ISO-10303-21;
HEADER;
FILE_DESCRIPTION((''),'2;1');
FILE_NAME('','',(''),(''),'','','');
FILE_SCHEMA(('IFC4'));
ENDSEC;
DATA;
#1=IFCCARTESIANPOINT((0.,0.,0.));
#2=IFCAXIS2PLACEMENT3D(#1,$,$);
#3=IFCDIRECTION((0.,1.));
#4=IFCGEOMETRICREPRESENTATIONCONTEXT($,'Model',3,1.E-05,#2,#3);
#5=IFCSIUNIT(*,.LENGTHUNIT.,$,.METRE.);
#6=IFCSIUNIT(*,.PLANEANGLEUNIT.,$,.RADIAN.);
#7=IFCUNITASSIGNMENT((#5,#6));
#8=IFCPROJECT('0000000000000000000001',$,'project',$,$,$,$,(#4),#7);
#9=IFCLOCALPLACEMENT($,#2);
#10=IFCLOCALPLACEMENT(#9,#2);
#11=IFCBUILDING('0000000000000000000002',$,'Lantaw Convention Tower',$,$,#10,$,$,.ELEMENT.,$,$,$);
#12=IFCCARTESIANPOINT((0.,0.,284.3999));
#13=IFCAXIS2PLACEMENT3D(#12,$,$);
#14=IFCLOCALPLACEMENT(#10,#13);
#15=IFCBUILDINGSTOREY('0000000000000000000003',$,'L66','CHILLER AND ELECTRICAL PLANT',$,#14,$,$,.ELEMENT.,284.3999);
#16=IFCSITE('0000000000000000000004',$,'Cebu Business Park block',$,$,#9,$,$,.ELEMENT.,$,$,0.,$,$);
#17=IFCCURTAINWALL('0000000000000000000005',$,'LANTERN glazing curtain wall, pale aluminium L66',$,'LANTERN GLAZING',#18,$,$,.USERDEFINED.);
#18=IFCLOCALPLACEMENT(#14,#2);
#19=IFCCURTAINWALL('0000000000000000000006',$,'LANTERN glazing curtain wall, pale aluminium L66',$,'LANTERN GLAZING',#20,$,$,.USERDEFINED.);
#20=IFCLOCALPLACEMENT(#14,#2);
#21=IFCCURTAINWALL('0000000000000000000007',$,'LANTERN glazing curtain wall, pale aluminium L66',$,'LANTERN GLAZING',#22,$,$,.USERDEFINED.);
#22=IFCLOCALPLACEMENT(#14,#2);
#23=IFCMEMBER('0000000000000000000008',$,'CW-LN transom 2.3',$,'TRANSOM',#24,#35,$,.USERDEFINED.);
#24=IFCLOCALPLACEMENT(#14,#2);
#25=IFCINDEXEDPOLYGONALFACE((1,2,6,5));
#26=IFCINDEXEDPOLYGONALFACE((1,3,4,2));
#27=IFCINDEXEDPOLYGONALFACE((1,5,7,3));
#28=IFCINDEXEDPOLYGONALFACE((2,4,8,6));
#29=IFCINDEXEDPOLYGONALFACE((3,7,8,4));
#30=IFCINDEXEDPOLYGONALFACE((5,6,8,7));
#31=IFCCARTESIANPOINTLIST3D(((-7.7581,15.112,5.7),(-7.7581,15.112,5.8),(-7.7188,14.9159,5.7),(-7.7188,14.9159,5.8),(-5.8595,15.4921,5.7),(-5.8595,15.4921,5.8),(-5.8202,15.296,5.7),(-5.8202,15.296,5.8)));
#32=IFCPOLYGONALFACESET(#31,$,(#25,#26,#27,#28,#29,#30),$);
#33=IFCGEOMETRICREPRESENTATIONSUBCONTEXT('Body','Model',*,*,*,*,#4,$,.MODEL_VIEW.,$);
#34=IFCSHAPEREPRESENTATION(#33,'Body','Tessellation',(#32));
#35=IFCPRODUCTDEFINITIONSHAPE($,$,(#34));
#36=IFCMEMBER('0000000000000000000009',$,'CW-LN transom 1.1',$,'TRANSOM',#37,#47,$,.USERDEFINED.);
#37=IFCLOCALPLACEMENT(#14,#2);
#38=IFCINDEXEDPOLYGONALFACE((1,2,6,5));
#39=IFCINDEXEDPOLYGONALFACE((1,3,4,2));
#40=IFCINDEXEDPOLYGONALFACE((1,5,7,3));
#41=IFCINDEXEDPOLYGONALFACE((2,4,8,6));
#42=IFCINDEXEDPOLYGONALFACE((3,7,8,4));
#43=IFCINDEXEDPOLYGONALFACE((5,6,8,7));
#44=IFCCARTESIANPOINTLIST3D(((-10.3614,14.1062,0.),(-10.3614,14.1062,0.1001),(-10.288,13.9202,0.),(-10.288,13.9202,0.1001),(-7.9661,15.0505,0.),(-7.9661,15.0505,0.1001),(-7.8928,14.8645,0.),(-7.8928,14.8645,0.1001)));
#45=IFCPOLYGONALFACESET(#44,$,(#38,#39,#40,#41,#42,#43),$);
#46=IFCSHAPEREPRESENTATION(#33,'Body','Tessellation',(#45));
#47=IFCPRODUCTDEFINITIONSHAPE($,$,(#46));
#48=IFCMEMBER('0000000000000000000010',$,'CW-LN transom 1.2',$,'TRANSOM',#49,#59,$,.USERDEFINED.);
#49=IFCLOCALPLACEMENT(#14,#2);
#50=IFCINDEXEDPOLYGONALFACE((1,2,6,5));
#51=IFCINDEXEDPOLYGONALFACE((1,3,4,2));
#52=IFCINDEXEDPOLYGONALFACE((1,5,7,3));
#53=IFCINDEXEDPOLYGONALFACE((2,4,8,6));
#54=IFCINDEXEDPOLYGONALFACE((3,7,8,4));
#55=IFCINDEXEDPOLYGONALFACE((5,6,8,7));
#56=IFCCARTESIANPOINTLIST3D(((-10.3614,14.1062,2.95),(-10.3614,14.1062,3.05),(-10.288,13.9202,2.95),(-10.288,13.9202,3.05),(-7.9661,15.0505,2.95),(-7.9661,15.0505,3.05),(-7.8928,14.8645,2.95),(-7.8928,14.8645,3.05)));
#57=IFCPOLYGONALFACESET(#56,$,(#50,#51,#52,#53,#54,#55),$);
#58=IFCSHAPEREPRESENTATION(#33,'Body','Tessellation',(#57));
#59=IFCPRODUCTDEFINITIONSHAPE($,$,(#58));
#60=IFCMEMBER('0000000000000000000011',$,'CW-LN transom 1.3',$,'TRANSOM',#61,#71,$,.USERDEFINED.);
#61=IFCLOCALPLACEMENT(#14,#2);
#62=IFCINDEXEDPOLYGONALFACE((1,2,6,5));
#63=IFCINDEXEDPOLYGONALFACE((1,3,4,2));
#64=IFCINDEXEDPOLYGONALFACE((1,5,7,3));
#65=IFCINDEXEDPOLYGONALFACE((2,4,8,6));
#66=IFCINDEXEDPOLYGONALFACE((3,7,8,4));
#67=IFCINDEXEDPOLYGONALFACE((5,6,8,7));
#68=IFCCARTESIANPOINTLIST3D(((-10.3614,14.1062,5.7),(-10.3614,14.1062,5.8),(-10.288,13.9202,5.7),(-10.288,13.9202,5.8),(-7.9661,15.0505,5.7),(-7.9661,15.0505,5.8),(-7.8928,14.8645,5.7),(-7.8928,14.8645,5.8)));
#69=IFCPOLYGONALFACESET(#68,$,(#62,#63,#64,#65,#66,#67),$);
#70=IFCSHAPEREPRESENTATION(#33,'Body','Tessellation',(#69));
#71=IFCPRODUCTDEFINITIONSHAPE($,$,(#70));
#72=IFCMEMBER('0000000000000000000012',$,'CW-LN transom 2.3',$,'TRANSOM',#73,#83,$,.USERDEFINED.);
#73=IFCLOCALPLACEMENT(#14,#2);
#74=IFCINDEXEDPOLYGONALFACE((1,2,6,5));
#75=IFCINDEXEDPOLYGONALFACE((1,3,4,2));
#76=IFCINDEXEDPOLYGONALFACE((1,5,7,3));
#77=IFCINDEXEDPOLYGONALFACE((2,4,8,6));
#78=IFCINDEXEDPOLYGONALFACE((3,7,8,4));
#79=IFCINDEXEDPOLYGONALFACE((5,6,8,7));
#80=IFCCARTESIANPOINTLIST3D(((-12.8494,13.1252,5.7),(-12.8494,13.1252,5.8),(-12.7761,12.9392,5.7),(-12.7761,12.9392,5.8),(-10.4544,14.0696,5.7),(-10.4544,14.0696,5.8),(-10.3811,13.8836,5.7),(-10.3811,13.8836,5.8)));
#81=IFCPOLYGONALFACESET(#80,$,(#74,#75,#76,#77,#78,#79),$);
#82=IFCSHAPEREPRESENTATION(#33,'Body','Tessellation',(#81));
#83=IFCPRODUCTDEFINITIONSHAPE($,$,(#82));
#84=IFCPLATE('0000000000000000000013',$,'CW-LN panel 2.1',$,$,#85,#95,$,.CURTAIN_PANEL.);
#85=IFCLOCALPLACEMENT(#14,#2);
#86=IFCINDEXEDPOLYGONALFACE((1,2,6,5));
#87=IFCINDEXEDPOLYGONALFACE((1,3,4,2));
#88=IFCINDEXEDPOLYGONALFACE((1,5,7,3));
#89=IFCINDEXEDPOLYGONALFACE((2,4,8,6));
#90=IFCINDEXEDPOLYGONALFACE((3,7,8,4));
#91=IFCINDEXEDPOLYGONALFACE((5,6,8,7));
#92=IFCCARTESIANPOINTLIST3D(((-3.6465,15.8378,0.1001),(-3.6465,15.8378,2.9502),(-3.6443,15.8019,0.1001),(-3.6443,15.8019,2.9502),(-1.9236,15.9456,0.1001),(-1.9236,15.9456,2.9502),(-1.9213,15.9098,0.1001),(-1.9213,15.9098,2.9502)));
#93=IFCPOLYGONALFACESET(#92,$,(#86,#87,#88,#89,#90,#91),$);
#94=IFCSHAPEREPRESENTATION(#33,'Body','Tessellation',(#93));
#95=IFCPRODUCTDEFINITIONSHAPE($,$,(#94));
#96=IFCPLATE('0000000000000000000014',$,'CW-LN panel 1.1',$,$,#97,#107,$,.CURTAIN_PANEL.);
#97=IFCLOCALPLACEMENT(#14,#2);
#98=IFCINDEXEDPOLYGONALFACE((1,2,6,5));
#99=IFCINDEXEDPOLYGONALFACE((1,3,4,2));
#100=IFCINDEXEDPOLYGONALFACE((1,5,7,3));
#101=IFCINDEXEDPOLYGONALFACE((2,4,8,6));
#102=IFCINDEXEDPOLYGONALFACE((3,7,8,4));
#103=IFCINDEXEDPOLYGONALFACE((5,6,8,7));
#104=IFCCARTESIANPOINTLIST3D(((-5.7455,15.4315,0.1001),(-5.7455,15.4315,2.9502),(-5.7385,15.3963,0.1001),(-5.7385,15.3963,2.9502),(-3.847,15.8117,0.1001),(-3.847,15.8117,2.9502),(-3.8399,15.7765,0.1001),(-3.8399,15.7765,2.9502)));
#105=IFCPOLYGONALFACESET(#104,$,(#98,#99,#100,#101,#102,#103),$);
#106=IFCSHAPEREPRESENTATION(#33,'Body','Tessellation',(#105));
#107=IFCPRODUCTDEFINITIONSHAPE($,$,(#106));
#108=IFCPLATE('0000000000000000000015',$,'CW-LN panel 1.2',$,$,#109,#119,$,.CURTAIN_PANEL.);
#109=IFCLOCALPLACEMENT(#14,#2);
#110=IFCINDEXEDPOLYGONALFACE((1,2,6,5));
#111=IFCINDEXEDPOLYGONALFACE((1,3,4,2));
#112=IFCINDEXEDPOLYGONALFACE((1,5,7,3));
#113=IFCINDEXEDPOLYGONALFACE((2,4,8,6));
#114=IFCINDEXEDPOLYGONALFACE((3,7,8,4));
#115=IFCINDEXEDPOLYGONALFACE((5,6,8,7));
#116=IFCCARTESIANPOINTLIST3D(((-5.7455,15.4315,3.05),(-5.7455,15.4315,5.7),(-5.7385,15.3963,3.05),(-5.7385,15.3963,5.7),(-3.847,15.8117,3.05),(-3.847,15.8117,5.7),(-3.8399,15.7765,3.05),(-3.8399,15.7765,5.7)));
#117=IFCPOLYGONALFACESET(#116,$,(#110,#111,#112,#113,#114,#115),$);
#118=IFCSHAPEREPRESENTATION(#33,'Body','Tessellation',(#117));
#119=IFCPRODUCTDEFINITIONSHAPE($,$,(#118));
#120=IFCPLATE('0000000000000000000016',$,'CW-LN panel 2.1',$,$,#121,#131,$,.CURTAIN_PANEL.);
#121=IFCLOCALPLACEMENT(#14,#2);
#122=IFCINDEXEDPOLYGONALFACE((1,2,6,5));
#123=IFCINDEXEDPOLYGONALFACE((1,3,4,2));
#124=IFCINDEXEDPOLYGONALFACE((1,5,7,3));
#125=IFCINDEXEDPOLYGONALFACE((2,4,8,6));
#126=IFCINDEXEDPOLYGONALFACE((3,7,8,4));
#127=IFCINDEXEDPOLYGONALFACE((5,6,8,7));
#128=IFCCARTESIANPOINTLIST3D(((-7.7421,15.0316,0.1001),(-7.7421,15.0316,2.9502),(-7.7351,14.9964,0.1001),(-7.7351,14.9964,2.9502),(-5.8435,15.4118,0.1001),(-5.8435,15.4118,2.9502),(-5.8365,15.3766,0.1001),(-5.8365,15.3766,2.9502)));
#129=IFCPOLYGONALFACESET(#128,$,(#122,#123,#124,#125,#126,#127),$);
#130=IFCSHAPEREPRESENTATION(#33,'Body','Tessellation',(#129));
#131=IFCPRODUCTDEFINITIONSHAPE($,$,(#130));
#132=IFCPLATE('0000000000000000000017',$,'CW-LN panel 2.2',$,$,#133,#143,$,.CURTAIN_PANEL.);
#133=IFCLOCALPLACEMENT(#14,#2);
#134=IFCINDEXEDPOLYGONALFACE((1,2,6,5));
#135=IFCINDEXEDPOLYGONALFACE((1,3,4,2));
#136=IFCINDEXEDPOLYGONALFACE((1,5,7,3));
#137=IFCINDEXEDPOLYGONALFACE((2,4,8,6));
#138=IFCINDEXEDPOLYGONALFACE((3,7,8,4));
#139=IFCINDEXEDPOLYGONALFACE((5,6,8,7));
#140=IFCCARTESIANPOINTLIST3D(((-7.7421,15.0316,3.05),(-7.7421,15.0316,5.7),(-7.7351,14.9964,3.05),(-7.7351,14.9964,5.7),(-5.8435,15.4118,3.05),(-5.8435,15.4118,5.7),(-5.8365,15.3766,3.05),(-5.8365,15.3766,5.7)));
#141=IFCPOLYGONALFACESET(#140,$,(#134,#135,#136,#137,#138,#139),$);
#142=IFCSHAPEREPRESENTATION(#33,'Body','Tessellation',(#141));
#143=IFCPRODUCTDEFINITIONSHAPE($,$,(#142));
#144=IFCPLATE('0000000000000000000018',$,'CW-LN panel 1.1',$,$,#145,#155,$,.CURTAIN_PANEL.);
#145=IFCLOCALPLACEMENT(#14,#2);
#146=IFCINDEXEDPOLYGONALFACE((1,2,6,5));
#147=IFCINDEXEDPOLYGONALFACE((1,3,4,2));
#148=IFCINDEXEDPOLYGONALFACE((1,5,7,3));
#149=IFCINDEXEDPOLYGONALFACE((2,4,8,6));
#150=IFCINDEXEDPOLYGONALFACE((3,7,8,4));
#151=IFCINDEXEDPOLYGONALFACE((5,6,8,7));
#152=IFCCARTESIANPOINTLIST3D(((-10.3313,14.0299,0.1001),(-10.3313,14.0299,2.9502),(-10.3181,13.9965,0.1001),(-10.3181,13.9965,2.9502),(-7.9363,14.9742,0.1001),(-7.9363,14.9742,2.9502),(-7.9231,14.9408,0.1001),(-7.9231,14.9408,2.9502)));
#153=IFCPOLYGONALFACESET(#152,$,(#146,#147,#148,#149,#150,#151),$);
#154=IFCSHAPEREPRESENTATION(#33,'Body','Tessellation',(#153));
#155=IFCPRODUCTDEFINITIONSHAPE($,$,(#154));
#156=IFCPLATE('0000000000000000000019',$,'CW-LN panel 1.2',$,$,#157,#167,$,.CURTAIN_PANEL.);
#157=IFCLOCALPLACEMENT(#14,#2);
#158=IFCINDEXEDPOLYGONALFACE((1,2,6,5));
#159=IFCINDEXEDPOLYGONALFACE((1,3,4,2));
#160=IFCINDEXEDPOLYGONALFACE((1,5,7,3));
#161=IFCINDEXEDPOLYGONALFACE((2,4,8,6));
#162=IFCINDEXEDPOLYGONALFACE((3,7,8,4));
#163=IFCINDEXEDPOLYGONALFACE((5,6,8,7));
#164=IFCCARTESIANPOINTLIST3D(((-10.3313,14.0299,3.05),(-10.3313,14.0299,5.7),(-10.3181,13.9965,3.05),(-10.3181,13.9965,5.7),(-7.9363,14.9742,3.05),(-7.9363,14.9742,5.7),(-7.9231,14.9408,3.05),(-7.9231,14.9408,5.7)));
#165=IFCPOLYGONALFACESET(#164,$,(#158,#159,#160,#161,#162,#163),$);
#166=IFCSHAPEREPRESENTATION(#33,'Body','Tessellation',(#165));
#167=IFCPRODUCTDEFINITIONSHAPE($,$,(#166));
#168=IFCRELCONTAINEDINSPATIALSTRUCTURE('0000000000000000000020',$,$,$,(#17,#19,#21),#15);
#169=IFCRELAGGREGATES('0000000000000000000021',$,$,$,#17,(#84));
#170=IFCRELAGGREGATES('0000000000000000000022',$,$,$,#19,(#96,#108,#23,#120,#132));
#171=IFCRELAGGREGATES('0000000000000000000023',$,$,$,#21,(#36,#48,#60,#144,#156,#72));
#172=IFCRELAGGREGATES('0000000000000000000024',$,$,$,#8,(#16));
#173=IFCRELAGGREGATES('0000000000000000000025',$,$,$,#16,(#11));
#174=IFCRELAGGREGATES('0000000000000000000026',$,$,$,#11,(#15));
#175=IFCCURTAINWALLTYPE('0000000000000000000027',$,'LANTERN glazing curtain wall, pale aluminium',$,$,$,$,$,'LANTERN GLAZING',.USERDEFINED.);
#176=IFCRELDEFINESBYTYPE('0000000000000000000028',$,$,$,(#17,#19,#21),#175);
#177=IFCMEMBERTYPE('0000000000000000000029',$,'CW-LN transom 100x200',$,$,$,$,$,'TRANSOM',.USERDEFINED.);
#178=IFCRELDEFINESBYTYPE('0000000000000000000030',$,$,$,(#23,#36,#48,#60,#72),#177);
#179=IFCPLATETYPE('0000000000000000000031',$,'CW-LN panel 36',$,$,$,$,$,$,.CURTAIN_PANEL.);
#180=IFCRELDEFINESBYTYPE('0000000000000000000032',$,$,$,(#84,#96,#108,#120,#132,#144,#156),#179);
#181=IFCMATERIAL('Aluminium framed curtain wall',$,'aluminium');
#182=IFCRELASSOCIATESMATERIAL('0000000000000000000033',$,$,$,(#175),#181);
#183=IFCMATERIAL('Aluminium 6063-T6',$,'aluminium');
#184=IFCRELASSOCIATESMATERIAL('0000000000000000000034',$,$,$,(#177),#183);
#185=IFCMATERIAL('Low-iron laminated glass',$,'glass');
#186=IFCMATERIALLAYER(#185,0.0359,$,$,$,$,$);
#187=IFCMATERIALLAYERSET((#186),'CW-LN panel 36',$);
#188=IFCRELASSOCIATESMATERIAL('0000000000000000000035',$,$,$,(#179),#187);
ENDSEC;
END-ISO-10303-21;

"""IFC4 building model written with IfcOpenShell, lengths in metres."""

from ifc_helpers import new_model, si_unit, direction, frame, origin, origin_2d, place, context, subcontext, project, spatial, rectangle, extrude, material, layer, layer_set, material_profile, profile_set, type_object, element, aggregate, save


model = new_model("IFC4")

# Units and contexts
model_context = context("Model", 3, precision=1e-05, world=origin(), true_north=direction((0.0, 1.0)))
body_context = subcontext(model_context, "Body", "Model", "MODEL_VIEW")
ifc_project = project(units=[si_unit("LENGTHUNIT", "METRE"), si_unit("PLANEANGLEUNIT", "RADIAN")], contexts=[model_context])

# Site, building, storey
site_placement = place(None, origin())
site = spatial("IfcSite", under=ifc_project, at=site_placement, Name="Cebu Business Park block", CompositionType="ELEMENT", RefElevation=0.0)
building_placement = place(site_placement, origin())
building = spatial("IfcBuilding", under=site, at=building_placement, Name="Lantaw Convention Tower", CompositionType="ELEMENT")
storey_placement = place(building_placement, frame((0.0, 0.0, 284.3999)))
storey = spatial("IfcBuildingStorey", under=building, at=storey_placement, Name="L66", Description="CHILLER AND ELECTRICAL PLANT", CompositionType="ELEMENT", Elevation=284.3999)

# Curtain wall
ifc_material_1 = material(Name="Aluminium framed curtain wall", Category="aluminium")
curtain_wall_type = type_object("IfcCurtainWallType", Name="LANTERN glazing curtain wall, pale aluminium", ElementType="LANTERN GLAZING", PredefinedType="USERDEFINED", material=ifc_material_1)
curtain_wall_1_placement = place(storey_placement, origin())
curtain_wall_1 = element("IfcCurtainWall", 1, at=curtain_wall_1_placement, inside=storey, type_object=curtain_wall_type, Name="LANTERN glazing curtain wall, pale aluminium L66", ObjectType="LANTERN GLAZING", PredefinedType="USERDEFINED")
ifc_material_2 = material(Name="Aluminium 6063-T6", Category="aluminium")

# Curtain walls
curtain_wall_2_placement = place(storey_placement, origin())
curtain_wall_2 = element("IfcCurtainWall", 2, at=curtain_wall_2_placement, inside=storey, type_object=curtain_wall_type, Name="LANTERN glazing curtain wall, pale aluminium L66", ObjectType="LANTERN GLAZING", PredefinedType="USERDEFINED")
curtain_wall_3_placement = place(storey_placement, origin())
curtain_wall_3 = element("IfcCurtainWall", 3, at=curtain_wall_3_placement, inside=storey, type_object=curtain_wall_type, Name="LANTERN glazing curtain wall, pale aluminium L66", ObjectType="LANTERN GLAZING", PredefinedType="USERDEFINED")

# Members
ifc_material_profile_1 = material_profile(ifc_material_2, rectangle(XDim=0.2, YDim=0.1001, at=origin_2d()), Name="CW-LN transom 100x200")
ifc_profile_set_1 = profile_set([ifc_material_profile_1], Name="Aluminium 6063-T6")
member_type_1 = type_object("IfcMemberType", Name="CW-LN transom 100x200", ElementType="TRANSOM", PredefinedType="USERDEFINED", material=ifc_profile_set_1)
member_1_placement = place(storey_placement, frame((-5.8398, 15.394, 5.75), z_axis=(-0.980542, -0.19631, 0.0), x_axis=(0.19631, -0.980542, 0.0)))
member_1 = element("IfcMember", 4, at=member_1_placement, type_object=member_type_1, Name="CW-LN transom 2.3", ObjectType="TRANSOM", PredefinedType="USERDEFINED", context=body_context, shape_type="SweptSolid", body=[
    extrude(rectangle(XDim=0.2, YDim=0.1001, at=origin_2d()), origin(), (0.0, 0.0, 1.0), 1.9363),
])
member_2_placement = place(storey_placement, frame((-7.9294, 14.9575, 0.05), z_axis=(-0.930309, -0.366776, 0.0), x_axis=(0.366776, -0.930309, 0.0)))
member_2 = element("IfcMember", 5, at=member_2_placement, type_object=member_type_1, Name="CW-LN transom 1.1", ObjectType="TRANSOM", PredefinedType="USERDEFINED", context=body_context, shape_type="SweptSolid", body=[
    extrude(rectangle(XDim=0.2, YDim=0.1001, at=origin_2d()), origin(), (0.0, 0.0, 1.0), 2.5747),
])
member_3_placement = place(storey_placement, frame((-7.9294, 14.9575, 3.0), z_axis=(-0.930309, -0.366776, 0.0), x_axis=(0.366776, -0.930309, 0.0)))
member_3 = element("IfcMember", 6, at=member_3_placement, type_object=member_type_1, Name="CW-LN transom 1.2", ObjectType="TRANSOM", PredefinedType="USERDEFINED", context=body_context, shape_type="SweptSolid", body=[
    extrude(rectangle(XDim=0.2, YDim=0.1001, at=origin_2d()), origin(), (0.0, 0.0, 1.0), 2.5747),
])
member_4_placement = place(storey_placement, frame((-7.9294, 14.9575, 5.75), z_axis=(-0.930309, -0.366776, 0.0), x_axis=(0.366776, -0.930309, 0.0)))
member_4 = element("IfcMember", 7, at=member_4_placement, type_object=member_type_1, Name="CW-LN transom 1.3", ObjectType="TRANSOM", PredefinedType="USERDEFINED", context=body_context, shape_type="SweptSolid", body=[
    extrude(rectangle(XDim=0.2, YDim=0.1001, at=origin_2d()), origin(), (0.0, 0.0, 1.0), 2.5747),
])
member_5_placement = place(storey_placement, frame((-10.4177, 13.9766, 5.75), z_axis=(-0.930297, -0.366808, 0.0), x_axis=(0.366808, -0.930297, 0.0)))
member_5 = element("IfcMember", 8, at=member_5_placement, type_object=member_type_1, Name="CW-LN transom 2.3", ObjectType="TRANSOM", PredefinedType="USERDEFINED", context=body_context, shape_type="SweptSolid", body=[
    extrude(rectangle(XDim=0.2, YDim=0.1001, at=origin_2d()), origin(), (0.0, 0.0, 1.0), 2.5745),
])

# Plates
ifc_material_3 = material(Name="Low-iron laminated glass", Category="glass")
ifc_layer = layer(ifc_material_3, 0.0359)
ifc_layer_set = layer_set([ifc_layer], Name="CW-LN panel 36")
plate_type = type_object("IfcPlateType", Name="CW-LN panel 36", PredefinedType="CURTAIN_PANEL", material=ifc_layer_set)
plate_1_placement = place(storey_placement, frame((-2.7839, 15.8738, 0.1001), z_axis=(0.0, 0.0, 1.0), x_axis=(-0.998046, -0.062489, 0.0)))
plate_1 = element("IfcPlate", 9, at=plate_1_placement, type_object=plate_type, Name="CW-LN panel 2.1", PredefinedType="CURTAIN_PANEL", context=body_context, shape_type="SweptSolid", body=[
    extrude(rectangle(XDim=1.7263, YDim=0.0359, at=origin_2d()), origin(), (0.0, 0.0, 1.0), 2.8501),
])
aggregate(curtain_wall_1, [plate_1])
plate_2_placement = place(storey_placement, frame((-4.7927, 15.604, 0.1001), z_axis=(0.0, 0.0, 1.0), x_axis=(-0.98053, -0.196367, 0.0)))
plate_2 = element("IfcPlate", 10, at=plate_2_placement, type_object=plate_type, Name="CW-LN panel 1.1", PredefinedType="CURTAIN_PANEL", context=body_context, shape_type="SweptSolid", body=[
    extrude(rectangle(XDim=1.9363, YDim=0.0359, at=origin_2d()), origin(), (0.0, 0.0, 1.0), 2.8501),
])
plate_3_placement = place(storey_placement, frame((-4.7927, 15.604, 3.05), z_axis=(0.0, 0.0, 1.0), x_axis=(-0.98053, -0.196367, 0.0)))
plate_3 = element("IfcPlate", 11, at=plate_3_placement, type_object=plate_type, Name="CW-LN panel 1.2", PredefinedType="CURTAIN_PANEL", context=body_context, shape_type="SweptSolid", body=[
    extrude(rectangle(XDim=1.9363, YDim=0.0359, at=origin_2d()), origin(), (0.0, 0.0, 1.0), 2.6499),
])
plate_4_placement = place(storey_placement, frame((-6.7893, 15.2041, 0.1001), z_axis=(0.0, 0.0, 1.0), x_axis=(-0.98053, -0.196367, 0.0)))
plate_4 = element("IfcPlate", 12, at=plate_4_placement, type_object=plate_type, Name="CW-LN panel 2.1", PredefinedType="CURTAIN_PANEL", context=body_context, shape_type="SweptSolid", body=[
    extrude(rectangle(XDim=1.9363, YDim=0.0359, at=origin_2d()), origin(), (0.0, 0.0, 1.0), 2.8501),
])
plate_5_placement = place(storey_placement, frame((-6.7893, 15.2041, 3.05), z_axis=(0.0, 0.0, 1.0), x_axis=(-0.98053, -0.196367, 0.0)))
plate_5 = element("IfcPlate", 13, at=plate_5_placement, type_object=plate_type, Name="CW-LN panel 2.2", PredefinedType="CURTAIN_PANEL", context=body_context, shape_type="SweptSolid", body=[
    extrude(rectangle(XDim=1.9363, YDim=0.0359, at=origin_2d()), origin(), (0.0, 0.0, 1.0), 2.6499),
])
aggregate(curtain_wall_2, [plate_2, plate_3, member_1, plate_4, plate_5])
plate_6_placement = place(storey_placement, frame((-9.1272, 14.4854, 0.1001), z_axis=(0.0, 0.0, 1.0), x_axis=(-0.930299, -0.366802, 0.0)))
plate_6 = element("IfcPlate", 14, at=plate_6_placement, type_object=plate_type, Name="CW-LN panel 1.1", PredefinedType="CURTAIN_PANEL", context=body_context, shape_type="SweptSolid", body=[
    extrude(rectangle(XDim=2.5745, YDim=0.0359, at=origin_2d()), origin(), (0.0, 0.0, 1.0), 2.8501),
])
plate_7_placement = place(storey_placement, frame((-9.1272, 14.4854, 3.05), z_axis=(0.0, 0.0, 1.0), x_axis=(-0.930299, -0.366802, 0.0)))
plate_7 = element("IfcPlate", 15, at=plate_7_placement, type_object=plate_type, Name="CW-LN panel 1.2", PredefinedType="CURTAIN_PANEL", context=body_context, shape_type="SweptSolid", body=[
    extrude(rectangle(XDim=2.5745, YDim=0.0359, at=origin_2d()), origin(), (0.0, 0.0, 1.0), 2.6499),
])
aggregate(curtain_wall_3, [member_2, member_3, member_4, plate_6, plate_7, member_5])

save(model, "model.ifc")
